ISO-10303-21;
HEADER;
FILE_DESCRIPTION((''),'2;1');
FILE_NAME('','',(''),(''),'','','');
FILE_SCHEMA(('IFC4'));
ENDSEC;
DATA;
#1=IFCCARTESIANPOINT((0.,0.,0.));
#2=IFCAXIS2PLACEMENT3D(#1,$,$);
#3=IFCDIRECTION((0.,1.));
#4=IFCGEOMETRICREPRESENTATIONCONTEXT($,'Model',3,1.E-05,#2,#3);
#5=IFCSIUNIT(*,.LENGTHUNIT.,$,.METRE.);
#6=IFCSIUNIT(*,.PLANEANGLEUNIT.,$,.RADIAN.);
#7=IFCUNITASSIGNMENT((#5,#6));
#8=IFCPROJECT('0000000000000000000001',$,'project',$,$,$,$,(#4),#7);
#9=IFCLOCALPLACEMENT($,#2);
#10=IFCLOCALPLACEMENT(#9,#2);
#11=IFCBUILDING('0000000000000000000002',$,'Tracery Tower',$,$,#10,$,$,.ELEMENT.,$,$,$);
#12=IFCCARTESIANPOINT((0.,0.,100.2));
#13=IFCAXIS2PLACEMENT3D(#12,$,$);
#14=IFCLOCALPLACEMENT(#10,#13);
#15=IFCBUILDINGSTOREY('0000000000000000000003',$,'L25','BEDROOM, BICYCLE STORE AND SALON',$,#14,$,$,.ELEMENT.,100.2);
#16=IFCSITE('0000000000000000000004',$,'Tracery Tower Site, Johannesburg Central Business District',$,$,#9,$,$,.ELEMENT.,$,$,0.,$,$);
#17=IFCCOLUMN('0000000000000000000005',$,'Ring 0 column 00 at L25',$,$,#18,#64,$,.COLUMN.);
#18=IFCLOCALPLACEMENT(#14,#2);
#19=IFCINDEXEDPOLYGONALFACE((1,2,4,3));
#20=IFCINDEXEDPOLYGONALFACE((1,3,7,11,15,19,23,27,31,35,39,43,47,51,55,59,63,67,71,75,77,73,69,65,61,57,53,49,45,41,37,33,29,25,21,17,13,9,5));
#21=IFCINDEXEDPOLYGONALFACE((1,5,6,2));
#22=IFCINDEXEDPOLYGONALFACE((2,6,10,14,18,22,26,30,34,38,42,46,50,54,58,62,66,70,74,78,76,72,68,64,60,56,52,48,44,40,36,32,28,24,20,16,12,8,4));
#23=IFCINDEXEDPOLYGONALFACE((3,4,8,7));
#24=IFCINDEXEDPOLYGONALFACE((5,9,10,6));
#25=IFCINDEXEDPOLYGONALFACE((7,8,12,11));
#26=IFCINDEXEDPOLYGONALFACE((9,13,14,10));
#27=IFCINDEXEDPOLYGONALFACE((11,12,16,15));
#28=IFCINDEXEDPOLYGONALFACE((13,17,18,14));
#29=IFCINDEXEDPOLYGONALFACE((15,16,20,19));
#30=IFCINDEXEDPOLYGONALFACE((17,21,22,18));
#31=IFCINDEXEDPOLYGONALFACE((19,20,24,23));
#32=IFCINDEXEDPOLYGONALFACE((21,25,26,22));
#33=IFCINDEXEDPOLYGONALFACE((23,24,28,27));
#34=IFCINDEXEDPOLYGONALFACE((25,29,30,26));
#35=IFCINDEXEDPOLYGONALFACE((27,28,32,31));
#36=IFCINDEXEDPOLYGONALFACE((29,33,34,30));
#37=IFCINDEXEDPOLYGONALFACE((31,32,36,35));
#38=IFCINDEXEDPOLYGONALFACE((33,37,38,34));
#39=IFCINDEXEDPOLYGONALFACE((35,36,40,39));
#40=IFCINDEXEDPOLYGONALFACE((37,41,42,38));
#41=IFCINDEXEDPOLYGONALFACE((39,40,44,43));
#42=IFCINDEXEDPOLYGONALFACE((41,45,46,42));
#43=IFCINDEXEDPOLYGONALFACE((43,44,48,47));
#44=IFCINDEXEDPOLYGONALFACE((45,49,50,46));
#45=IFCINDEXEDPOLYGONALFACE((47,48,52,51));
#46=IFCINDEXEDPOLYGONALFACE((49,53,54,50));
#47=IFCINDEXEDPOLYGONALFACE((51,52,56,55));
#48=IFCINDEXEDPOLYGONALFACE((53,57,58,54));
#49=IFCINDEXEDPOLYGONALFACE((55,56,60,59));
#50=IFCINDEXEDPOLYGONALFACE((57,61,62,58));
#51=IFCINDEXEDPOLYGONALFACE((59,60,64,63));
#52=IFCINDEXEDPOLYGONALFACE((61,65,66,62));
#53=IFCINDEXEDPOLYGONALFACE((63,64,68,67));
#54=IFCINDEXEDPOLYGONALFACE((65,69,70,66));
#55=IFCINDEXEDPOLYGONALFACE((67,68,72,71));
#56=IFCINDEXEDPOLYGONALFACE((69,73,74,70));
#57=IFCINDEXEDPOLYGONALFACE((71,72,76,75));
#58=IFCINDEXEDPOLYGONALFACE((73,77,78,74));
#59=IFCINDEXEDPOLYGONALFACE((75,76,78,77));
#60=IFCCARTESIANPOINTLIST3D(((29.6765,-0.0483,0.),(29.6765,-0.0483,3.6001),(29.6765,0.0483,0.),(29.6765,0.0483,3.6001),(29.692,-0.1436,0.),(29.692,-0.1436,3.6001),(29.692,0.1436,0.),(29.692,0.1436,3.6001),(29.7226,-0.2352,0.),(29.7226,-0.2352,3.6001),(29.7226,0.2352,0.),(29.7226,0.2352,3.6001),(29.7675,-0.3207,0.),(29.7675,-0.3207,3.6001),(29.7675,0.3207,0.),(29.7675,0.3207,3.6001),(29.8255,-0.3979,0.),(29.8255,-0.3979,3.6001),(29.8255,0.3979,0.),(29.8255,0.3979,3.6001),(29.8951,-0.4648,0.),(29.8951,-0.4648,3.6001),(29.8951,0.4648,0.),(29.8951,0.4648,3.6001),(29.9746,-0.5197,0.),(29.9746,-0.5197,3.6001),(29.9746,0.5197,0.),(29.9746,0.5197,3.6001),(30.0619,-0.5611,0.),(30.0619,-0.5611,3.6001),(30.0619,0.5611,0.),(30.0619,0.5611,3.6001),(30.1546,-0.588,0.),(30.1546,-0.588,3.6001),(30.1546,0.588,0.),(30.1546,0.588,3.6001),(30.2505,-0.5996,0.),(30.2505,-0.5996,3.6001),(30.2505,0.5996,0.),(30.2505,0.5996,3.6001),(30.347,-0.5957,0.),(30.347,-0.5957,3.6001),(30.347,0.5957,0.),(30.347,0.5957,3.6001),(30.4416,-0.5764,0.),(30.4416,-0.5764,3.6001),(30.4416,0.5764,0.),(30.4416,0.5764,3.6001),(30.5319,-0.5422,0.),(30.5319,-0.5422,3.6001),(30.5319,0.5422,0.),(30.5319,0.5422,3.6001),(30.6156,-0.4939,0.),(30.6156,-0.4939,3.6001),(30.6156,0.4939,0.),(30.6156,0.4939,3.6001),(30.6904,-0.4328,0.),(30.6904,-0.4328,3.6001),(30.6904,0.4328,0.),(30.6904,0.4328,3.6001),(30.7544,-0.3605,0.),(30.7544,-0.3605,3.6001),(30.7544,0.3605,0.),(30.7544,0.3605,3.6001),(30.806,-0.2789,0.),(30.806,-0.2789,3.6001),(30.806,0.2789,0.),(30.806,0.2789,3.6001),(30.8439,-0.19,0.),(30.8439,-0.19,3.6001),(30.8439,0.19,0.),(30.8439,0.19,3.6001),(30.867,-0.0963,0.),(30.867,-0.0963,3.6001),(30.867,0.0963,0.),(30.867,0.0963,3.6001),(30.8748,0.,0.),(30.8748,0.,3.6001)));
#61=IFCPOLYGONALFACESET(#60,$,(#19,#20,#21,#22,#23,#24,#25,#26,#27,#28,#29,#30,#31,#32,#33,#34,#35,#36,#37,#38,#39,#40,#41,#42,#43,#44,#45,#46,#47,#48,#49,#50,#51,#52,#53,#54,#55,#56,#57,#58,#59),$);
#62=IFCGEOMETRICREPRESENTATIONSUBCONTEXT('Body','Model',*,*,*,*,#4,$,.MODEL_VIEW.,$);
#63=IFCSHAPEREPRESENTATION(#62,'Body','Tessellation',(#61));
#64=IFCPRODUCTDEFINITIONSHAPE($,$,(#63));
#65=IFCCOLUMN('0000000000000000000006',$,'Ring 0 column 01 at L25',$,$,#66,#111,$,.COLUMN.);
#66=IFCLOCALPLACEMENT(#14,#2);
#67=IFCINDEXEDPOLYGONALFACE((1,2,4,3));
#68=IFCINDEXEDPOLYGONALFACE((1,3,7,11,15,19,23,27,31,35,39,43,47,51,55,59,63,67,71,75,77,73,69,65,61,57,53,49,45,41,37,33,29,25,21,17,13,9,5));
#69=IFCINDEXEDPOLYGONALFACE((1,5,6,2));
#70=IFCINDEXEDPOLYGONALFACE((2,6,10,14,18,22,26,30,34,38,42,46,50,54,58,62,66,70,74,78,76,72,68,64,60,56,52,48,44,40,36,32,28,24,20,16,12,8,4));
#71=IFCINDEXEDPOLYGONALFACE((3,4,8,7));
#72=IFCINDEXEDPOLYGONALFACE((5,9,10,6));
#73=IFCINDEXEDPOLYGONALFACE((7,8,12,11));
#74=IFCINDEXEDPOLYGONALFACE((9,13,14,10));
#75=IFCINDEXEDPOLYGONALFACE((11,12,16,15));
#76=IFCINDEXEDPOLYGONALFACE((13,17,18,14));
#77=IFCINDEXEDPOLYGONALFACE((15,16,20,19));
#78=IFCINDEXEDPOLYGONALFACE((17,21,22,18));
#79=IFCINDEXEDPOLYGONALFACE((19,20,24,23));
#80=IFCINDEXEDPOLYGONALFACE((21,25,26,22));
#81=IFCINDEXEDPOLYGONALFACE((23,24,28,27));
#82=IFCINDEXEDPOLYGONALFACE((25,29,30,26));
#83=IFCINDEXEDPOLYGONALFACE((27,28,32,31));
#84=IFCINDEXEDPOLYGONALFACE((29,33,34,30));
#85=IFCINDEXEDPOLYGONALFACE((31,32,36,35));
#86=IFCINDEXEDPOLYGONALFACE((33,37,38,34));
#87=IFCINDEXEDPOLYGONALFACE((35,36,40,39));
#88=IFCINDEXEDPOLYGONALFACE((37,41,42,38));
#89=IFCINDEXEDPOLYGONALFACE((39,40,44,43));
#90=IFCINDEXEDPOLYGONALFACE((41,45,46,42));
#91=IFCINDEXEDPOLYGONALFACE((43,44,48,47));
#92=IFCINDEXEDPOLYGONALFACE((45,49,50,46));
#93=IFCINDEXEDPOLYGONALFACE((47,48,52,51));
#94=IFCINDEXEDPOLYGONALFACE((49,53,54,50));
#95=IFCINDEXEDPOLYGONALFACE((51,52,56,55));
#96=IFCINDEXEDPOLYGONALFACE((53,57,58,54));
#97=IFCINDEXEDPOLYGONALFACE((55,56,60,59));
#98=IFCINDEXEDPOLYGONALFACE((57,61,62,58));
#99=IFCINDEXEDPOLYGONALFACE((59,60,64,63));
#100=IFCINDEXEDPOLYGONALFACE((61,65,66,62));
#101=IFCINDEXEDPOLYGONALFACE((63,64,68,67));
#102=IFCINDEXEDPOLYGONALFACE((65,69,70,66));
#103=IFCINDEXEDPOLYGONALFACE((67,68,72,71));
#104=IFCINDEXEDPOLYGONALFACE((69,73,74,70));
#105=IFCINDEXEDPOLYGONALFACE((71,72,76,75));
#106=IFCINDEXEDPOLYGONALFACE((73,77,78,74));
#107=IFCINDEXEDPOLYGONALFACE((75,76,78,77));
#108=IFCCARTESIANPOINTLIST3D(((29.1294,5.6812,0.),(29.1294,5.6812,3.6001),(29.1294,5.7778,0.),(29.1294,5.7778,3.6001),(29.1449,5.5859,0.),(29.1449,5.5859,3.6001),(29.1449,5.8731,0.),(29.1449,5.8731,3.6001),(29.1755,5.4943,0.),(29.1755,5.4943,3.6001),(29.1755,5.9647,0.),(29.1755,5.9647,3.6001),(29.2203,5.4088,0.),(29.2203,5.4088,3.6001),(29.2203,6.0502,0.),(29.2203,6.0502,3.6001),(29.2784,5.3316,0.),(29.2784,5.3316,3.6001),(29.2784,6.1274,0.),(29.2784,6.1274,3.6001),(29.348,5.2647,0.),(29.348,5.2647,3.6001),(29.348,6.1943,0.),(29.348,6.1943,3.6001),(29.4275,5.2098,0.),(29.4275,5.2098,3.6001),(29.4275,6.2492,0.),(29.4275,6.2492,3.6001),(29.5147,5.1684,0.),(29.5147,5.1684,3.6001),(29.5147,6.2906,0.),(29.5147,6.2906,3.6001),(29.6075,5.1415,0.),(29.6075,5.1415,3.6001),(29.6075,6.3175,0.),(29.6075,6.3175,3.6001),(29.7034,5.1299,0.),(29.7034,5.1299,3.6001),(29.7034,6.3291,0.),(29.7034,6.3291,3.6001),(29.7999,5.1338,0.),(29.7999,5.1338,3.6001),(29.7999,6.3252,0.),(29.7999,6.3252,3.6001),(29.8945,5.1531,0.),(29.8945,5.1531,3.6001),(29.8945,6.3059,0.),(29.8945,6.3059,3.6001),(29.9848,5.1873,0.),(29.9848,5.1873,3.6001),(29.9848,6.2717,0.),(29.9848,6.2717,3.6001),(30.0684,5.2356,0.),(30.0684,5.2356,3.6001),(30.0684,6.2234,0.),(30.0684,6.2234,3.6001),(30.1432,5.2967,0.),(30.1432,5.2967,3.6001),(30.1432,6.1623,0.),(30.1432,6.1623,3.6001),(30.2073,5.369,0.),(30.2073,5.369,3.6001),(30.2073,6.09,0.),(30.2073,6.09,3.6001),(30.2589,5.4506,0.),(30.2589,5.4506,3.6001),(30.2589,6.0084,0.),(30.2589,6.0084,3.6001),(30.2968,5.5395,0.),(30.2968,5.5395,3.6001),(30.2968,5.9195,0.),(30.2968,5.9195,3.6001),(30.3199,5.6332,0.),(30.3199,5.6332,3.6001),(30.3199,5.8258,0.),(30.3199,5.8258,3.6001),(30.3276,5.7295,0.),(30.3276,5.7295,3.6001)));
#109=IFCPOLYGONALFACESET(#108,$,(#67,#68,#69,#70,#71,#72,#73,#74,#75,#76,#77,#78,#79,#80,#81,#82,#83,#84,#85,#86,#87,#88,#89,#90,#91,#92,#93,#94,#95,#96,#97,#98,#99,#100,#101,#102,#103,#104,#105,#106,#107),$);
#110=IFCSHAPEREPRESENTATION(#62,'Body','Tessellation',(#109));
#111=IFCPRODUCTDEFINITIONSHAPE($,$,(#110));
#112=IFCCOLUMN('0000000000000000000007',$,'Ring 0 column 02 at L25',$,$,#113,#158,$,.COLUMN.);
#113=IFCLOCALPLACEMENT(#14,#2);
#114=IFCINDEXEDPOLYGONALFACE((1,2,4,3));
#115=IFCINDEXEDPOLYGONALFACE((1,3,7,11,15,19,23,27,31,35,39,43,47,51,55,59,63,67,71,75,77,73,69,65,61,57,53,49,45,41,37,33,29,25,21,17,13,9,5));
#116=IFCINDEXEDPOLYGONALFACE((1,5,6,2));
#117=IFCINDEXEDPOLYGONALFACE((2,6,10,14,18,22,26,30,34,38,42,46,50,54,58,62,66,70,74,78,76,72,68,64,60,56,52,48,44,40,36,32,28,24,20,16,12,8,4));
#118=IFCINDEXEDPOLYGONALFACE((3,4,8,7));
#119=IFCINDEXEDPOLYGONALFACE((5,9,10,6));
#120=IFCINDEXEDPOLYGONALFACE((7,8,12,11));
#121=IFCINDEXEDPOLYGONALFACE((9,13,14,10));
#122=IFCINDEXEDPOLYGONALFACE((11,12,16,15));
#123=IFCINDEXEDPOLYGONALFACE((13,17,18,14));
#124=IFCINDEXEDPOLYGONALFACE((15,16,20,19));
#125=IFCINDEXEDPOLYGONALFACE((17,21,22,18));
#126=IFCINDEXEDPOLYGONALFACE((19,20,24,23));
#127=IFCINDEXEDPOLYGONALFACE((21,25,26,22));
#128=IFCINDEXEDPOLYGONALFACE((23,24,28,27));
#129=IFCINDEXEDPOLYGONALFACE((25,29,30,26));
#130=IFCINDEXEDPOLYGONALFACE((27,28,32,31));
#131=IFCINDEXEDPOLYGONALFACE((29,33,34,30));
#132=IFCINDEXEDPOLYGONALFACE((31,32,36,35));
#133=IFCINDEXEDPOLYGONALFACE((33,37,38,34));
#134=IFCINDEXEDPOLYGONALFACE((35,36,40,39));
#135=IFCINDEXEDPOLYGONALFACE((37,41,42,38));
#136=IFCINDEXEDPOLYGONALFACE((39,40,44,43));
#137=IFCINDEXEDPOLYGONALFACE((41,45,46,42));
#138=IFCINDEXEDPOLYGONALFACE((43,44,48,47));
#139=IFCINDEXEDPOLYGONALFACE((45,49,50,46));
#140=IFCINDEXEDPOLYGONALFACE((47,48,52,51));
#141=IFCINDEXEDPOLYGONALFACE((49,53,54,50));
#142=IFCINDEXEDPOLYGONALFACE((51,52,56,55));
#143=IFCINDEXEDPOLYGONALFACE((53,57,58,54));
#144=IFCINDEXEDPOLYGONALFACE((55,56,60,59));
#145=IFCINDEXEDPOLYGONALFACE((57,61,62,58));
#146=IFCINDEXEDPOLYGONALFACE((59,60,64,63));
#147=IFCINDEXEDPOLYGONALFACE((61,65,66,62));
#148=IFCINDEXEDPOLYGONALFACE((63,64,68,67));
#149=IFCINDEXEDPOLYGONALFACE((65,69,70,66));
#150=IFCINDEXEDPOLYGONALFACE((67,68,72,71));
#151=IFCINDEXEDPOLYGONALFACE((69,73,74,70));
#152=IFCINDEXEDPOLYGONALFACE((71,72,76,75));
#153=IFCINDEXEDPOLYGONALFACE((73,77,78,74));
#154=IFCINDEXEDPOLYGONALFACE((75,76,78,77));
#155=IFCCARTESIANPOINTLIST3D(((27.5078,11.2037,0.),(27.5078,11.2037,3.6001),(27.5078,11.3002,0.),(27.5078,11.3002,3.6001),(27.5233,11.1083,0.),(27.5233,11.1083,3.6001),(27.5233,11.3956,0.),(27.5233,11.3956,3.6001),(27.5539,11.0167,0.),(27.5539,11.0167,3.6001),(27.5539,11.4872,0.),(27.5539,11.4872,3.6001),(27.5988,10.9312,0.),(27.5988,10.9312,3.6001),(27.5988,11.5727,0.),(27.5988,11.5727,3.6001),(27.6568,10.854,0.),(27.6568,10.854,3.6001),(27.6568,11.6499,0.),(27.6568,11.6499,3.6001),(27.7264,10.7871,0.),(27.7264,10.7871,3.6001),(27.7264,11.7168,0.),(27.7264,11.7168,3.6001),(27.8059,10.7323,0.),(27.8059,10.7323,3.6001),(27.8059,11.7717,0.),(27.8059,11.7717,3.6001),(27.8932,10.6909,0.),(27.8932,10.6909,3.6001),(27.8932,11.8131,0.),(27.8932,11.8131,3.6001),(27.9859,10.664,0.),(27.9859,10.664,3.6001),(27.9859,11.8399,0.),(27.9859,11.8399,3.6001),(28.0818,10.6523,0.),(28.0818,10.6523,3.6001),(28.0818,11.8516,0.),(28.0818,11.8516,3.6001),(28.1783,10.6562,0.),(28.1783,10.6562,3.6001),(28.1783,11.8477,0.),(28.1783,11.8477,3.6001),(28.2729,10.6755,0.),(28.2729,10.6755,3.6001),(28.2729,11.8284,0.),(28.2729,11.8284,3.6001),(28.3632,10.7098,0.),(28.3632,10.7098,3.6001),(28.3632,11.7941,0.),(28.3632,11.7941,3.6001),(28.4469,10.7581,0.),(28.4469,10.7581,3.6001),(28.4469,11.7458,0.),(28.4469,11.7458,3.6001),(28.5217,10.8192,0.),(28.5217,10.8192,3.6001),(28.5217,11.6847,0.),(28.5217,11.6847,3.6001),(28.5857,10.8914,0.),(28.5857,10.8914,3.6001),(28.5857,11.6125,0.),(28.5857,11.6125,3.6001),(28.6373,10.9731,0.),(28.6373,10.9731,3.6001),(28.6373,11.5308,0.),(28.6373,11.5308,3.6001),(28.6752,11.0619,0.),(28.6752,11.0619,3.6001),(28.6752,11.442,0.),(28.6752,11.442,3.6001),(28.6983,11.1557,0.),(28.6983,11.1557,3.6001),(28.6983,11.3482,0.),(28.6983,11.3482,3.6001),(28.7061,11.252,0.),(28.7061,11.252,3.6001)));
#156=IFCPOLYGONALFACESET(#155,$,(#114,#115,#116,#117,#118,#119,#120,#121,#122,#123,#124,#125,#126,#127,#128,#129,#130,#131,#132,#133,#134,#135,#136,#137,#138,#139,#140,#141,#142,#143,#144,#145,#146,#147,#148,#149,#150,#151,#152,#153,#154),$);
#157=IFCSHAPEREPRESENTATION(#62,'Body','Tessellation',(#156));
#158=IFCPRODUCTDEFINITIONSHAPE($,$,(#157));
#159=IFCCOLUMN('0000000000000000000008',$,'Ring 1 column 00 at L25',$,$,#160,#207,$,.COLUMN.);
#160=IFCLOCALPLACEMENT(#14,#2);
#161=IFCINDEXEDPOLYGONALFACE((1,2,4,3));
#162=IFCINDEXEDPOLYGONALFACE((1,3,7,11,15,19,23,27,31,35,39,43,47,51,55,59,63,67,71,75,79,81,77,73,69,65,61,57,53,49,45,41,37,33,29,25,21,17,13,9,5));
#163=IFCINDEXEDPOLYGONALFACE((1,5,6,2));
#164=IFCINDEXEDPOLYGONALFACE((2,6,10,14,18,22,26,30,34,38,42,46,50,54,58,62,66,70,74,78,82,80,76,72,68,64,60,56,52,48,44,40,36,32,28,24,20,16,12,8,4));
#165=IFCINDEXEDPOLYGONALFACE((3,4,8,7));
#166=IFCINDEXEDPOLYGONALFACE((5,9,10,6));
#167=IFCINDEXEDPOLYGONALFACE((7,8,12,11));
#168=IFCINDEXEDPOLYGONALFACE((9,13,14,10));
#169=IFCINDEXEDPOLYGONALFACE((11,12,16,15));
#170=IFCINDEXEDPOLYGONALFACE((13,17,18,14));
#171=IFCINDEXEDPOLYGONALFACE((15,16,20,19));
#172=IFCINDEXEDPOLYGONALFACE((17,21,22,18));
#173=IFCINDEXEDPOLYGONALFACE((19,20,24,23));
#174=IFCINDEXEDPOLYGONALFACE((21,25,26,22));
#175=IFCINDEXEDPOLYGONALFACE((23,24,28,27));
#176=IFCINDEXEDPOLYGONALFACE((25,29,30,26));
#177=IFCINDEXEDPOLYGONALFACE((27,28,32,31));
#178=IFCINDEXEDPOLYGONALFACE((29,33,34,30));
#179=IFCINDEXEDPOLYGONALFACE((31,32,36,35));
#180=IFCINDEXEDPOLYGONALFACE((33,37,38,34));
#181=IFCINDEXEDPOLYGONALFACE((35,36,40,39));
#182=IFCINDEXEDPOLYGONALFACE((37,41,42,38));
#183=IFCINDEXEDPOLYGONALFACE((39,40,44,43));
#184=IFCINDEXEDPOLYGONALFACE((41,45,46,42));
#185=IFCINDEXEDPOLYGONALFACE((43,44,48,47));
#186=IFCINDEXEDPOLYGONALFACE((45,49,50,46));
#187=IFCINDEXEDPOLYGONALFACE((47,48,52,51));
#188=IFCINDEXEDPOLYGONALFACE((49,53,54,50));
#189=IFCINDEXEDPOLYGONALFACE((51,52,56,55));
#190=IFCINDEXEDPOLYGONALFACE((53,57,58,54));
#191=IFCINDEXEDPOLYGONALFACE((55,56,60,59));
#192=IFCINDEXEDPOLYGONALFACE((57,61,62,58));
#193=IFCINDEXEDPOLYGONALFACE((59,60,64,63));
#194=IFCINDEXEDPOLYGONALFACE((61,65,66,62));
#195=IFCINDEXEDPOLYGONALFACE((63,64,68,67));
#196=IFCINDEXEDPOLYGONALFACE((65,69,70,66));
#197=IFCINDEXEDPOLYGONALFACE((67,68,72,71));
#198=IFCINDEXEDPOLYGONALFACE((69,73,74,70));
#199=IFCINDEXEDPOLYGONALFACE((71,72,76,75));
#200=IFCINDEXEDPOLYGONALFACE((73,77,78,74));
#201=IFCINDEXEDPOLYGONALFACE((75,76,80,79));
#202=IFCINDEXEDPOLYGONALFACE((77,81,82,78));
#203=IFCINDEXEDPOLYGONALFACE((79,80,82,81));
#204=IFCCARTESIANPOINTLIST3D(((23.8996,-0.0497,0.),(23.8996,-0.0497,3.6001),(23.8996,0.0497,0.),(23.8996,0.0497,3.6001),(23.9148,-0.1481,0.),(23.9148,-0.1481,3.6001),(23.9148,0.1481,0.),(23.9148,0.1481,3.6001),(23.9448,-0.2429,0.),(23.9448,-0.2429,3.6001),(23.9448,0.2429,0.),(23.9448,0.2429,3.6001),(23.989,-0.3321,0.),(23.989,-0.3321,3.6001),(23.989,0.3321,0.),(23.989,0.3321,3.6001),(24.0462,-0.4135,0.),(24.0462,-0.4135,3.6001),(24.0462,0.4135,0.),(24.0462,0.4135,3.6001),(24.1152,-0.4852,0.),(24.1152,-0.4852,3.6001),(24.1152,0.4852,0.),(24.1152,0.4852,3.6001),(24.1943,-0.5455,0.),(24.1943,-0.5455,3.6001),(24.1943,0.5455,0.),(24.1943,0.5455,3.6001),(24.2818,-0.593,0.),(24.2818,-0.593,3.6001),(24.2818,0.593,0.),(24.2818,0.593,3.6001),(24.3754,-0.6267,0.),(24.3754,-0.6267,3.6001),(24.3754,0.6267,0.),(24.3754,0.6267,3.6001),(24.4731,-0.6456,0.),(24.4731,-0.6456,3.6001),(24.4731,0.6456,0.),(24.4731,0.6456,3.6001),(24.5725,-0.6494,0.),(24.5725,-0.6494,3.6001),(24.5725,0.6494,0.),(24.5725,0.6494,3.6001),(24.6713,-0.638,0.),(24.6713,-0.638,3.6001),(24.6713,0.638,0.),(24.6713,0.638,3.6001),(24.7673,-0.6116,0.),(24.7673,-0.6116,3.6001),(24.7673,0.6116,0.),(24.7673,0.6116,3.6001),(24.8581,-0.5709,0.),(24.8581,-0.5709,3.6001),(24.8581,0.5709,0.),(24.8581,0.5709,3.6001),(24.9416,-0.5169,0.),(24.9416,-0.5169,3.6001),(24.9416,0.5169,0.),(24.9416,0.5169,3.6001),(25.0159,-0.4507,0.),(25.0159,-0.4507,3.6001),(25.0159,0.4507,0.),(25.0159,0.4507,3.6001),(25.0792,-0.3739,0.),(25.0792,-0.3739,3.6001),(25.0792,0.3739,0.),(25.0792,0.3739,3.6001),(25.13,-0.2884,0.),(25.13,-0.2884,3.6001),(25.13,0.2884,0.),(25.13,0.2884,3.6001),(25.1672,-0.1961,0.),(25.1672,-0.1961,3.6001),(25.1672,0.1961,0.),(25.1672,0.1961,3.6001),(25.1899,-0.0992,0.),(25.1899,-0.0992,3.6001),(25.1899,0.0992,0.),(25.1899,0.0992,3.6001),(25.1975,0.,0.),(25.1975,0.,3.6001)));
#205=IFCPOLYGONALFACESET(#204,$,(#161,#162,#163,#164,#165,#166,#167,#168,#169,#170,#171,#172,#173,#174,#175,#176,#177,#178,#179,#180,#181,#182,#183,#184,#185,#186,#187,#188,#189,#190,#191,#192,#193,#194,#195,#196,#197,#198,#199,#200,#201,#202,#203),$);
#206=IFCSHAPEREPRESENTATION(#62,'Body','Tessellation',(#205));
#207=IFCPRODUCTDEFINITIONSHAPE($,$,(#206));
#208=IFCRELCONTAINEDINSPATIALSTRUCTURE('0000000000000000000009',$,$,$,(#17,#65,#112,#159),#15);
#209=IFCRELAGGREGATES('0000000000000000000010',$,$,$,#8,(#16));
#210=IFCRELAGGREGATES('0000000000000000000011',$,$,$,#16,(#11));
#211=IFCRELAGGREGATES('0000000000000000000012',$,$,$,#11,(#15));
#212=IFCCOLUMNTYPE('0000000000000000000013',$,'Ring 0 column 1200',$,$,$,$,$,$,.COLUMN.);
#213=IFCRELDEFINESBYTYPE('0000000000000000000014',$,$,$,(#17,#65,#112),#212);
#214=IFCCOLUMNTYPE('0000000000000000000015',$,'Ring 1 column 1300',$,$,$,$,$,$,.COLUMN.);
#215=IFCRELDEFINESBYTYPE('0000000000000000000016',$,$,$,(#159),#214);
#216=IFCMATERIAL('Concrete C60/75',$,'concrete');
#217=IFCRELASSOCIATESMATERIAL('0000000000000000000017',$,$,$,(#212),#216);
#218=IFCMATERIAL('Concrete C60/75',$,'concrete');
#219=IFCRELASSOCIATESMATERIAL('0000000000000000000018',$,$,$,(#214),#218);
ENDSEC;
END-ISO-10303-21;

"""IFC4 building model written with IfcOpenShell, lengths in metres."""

from ifc_helpers import new_model, si_unit, direction, frame, origin, origin_2d, place, context, subcontext, project, spatial, circle, extrude, material, material_profile, profile_set, type_object, element, save


model = new_model("IFC4")

# Units and contexts
model_context = context("Model", 3, precision=1e-05, world=origin(), true_north=direction((0.0, 1.0)))
body_context = subcontext(model_context, "Body", "Model", "MODEL_VIEW")
ifc_project = project(units=[si_unit("LENGTHUNIT", "METRE"), si_unit("PLANEANGLEUNIT", "RADIAN")], contexts=[model_context])

# Site, building, storey
site_placement = place(None, origin())
site = spatial("IfcSite", under=ifc_project, at=site_placement, Name="Tracery Tower Site, Johannesburg Central Business District", CompositionType="ELEMENT", RefElevation=0.0)
building_placement = place(site_placement, origin())
building = spatial("IfcBuilding", under=site, at=building_placement, Name="Tracery Tower", CompositionType="ELEMENT")
storey_placement = place(building_placement, frame((0.0, 0.0, 100.2)))
storey = spatial("IfcBuildingStorey", under=building, at=storey_placement, Name="L25", Description="BEDROOM, BICYCLE STORE AND SALON", CompositionType="ELEMENT", Elevation=100.2)

# Columns
ifc_material_1 = material(Name="Concrete C60/75", Category="concrete")
ifc_material_profile_1 = material_profile(ifc_material_1, circle(Radius=0.6001, at=origin_2d()), Name="RC D1200")
ifc_profile_set_1 = profile_set([ifc_material_profile_1], Name="Concrete C60/75")
column_type_1 = type_object("IfcColumnType", Name="Ring 0 column 1200", PredefinedType="COLUMN", material=ifc_profile_set_1)
for number, where, z_axis, x_axis, name in (
    (1, (30.2747, 0.0, 0.0), (0.0, 0.0, 1.0), (1.0, 0.0, 0.0), "Ring 0 column 00 at L25"),
    (2, (29.7275, 5.7295, 0.0), (0.0, 0.0, 1.0), (1.0, 0.0, 0.0), "Ring 0 column 01 at L25"),
    (3, (28.106, 11.252, 0.0), (0.0, 0.0, 1.0), (1.0, 0.0, 0.0), "Ring 0 column 02 at L25"),
):
    element("IfcColumn", number, at=place(storey_placement, frame(where, z_axis=z_axis, x_axis=x_axis)), inside=storey, type_object=column_type_1, Name=name, PredefinedType="COLUMN", context=body_context, shape_type="SweptSolid", body=[
        extrude(circle(Radius=0.6001, at=origin_2d()), origin(), (0.0, 0.0, 1.0), 3.6001),
    ])
ifc_material_2 = material(Name="Concrete C60/75", Category="concrete")
ifc_material_profile_2 = material_profile(ifc_material_2, circle(Radius=0.6499, at=origin_2d()), Name="RC D1300")
ifc_profile_set_2 = profile_set([ifc_material_profile_2], Name="Concrete C60/75")
column_type_2 = type_object("IfcColumnType", Name="Ring 1 column 1300", PredefinedType="COLUMN", material=ifc_profile_set_2)
for number, where, z_axis, x_axis, name in (
    (4, (24.5476, 0.0, 0.0), (0.0, 0.0, 1.0), (1.0, 0.0, 0.0), "Ring 1 column 00 at L25"),
):
    element("IfcColumn", number, at=place(storey_placement, frame(where, z_axis=z_axis, x_axis=x_axis)), inside=storey, type_object=column_type_2, Name=name, PredefinedType="COLUMN", context=body_context, shape_type="SweptSolid", body=[
        extrude(circle(Radius=0.6499, at=origin_2d()), origin(), (0.0, 0.0, 1.0), 3.6001),
    ])

save(model, "model.ifc")
